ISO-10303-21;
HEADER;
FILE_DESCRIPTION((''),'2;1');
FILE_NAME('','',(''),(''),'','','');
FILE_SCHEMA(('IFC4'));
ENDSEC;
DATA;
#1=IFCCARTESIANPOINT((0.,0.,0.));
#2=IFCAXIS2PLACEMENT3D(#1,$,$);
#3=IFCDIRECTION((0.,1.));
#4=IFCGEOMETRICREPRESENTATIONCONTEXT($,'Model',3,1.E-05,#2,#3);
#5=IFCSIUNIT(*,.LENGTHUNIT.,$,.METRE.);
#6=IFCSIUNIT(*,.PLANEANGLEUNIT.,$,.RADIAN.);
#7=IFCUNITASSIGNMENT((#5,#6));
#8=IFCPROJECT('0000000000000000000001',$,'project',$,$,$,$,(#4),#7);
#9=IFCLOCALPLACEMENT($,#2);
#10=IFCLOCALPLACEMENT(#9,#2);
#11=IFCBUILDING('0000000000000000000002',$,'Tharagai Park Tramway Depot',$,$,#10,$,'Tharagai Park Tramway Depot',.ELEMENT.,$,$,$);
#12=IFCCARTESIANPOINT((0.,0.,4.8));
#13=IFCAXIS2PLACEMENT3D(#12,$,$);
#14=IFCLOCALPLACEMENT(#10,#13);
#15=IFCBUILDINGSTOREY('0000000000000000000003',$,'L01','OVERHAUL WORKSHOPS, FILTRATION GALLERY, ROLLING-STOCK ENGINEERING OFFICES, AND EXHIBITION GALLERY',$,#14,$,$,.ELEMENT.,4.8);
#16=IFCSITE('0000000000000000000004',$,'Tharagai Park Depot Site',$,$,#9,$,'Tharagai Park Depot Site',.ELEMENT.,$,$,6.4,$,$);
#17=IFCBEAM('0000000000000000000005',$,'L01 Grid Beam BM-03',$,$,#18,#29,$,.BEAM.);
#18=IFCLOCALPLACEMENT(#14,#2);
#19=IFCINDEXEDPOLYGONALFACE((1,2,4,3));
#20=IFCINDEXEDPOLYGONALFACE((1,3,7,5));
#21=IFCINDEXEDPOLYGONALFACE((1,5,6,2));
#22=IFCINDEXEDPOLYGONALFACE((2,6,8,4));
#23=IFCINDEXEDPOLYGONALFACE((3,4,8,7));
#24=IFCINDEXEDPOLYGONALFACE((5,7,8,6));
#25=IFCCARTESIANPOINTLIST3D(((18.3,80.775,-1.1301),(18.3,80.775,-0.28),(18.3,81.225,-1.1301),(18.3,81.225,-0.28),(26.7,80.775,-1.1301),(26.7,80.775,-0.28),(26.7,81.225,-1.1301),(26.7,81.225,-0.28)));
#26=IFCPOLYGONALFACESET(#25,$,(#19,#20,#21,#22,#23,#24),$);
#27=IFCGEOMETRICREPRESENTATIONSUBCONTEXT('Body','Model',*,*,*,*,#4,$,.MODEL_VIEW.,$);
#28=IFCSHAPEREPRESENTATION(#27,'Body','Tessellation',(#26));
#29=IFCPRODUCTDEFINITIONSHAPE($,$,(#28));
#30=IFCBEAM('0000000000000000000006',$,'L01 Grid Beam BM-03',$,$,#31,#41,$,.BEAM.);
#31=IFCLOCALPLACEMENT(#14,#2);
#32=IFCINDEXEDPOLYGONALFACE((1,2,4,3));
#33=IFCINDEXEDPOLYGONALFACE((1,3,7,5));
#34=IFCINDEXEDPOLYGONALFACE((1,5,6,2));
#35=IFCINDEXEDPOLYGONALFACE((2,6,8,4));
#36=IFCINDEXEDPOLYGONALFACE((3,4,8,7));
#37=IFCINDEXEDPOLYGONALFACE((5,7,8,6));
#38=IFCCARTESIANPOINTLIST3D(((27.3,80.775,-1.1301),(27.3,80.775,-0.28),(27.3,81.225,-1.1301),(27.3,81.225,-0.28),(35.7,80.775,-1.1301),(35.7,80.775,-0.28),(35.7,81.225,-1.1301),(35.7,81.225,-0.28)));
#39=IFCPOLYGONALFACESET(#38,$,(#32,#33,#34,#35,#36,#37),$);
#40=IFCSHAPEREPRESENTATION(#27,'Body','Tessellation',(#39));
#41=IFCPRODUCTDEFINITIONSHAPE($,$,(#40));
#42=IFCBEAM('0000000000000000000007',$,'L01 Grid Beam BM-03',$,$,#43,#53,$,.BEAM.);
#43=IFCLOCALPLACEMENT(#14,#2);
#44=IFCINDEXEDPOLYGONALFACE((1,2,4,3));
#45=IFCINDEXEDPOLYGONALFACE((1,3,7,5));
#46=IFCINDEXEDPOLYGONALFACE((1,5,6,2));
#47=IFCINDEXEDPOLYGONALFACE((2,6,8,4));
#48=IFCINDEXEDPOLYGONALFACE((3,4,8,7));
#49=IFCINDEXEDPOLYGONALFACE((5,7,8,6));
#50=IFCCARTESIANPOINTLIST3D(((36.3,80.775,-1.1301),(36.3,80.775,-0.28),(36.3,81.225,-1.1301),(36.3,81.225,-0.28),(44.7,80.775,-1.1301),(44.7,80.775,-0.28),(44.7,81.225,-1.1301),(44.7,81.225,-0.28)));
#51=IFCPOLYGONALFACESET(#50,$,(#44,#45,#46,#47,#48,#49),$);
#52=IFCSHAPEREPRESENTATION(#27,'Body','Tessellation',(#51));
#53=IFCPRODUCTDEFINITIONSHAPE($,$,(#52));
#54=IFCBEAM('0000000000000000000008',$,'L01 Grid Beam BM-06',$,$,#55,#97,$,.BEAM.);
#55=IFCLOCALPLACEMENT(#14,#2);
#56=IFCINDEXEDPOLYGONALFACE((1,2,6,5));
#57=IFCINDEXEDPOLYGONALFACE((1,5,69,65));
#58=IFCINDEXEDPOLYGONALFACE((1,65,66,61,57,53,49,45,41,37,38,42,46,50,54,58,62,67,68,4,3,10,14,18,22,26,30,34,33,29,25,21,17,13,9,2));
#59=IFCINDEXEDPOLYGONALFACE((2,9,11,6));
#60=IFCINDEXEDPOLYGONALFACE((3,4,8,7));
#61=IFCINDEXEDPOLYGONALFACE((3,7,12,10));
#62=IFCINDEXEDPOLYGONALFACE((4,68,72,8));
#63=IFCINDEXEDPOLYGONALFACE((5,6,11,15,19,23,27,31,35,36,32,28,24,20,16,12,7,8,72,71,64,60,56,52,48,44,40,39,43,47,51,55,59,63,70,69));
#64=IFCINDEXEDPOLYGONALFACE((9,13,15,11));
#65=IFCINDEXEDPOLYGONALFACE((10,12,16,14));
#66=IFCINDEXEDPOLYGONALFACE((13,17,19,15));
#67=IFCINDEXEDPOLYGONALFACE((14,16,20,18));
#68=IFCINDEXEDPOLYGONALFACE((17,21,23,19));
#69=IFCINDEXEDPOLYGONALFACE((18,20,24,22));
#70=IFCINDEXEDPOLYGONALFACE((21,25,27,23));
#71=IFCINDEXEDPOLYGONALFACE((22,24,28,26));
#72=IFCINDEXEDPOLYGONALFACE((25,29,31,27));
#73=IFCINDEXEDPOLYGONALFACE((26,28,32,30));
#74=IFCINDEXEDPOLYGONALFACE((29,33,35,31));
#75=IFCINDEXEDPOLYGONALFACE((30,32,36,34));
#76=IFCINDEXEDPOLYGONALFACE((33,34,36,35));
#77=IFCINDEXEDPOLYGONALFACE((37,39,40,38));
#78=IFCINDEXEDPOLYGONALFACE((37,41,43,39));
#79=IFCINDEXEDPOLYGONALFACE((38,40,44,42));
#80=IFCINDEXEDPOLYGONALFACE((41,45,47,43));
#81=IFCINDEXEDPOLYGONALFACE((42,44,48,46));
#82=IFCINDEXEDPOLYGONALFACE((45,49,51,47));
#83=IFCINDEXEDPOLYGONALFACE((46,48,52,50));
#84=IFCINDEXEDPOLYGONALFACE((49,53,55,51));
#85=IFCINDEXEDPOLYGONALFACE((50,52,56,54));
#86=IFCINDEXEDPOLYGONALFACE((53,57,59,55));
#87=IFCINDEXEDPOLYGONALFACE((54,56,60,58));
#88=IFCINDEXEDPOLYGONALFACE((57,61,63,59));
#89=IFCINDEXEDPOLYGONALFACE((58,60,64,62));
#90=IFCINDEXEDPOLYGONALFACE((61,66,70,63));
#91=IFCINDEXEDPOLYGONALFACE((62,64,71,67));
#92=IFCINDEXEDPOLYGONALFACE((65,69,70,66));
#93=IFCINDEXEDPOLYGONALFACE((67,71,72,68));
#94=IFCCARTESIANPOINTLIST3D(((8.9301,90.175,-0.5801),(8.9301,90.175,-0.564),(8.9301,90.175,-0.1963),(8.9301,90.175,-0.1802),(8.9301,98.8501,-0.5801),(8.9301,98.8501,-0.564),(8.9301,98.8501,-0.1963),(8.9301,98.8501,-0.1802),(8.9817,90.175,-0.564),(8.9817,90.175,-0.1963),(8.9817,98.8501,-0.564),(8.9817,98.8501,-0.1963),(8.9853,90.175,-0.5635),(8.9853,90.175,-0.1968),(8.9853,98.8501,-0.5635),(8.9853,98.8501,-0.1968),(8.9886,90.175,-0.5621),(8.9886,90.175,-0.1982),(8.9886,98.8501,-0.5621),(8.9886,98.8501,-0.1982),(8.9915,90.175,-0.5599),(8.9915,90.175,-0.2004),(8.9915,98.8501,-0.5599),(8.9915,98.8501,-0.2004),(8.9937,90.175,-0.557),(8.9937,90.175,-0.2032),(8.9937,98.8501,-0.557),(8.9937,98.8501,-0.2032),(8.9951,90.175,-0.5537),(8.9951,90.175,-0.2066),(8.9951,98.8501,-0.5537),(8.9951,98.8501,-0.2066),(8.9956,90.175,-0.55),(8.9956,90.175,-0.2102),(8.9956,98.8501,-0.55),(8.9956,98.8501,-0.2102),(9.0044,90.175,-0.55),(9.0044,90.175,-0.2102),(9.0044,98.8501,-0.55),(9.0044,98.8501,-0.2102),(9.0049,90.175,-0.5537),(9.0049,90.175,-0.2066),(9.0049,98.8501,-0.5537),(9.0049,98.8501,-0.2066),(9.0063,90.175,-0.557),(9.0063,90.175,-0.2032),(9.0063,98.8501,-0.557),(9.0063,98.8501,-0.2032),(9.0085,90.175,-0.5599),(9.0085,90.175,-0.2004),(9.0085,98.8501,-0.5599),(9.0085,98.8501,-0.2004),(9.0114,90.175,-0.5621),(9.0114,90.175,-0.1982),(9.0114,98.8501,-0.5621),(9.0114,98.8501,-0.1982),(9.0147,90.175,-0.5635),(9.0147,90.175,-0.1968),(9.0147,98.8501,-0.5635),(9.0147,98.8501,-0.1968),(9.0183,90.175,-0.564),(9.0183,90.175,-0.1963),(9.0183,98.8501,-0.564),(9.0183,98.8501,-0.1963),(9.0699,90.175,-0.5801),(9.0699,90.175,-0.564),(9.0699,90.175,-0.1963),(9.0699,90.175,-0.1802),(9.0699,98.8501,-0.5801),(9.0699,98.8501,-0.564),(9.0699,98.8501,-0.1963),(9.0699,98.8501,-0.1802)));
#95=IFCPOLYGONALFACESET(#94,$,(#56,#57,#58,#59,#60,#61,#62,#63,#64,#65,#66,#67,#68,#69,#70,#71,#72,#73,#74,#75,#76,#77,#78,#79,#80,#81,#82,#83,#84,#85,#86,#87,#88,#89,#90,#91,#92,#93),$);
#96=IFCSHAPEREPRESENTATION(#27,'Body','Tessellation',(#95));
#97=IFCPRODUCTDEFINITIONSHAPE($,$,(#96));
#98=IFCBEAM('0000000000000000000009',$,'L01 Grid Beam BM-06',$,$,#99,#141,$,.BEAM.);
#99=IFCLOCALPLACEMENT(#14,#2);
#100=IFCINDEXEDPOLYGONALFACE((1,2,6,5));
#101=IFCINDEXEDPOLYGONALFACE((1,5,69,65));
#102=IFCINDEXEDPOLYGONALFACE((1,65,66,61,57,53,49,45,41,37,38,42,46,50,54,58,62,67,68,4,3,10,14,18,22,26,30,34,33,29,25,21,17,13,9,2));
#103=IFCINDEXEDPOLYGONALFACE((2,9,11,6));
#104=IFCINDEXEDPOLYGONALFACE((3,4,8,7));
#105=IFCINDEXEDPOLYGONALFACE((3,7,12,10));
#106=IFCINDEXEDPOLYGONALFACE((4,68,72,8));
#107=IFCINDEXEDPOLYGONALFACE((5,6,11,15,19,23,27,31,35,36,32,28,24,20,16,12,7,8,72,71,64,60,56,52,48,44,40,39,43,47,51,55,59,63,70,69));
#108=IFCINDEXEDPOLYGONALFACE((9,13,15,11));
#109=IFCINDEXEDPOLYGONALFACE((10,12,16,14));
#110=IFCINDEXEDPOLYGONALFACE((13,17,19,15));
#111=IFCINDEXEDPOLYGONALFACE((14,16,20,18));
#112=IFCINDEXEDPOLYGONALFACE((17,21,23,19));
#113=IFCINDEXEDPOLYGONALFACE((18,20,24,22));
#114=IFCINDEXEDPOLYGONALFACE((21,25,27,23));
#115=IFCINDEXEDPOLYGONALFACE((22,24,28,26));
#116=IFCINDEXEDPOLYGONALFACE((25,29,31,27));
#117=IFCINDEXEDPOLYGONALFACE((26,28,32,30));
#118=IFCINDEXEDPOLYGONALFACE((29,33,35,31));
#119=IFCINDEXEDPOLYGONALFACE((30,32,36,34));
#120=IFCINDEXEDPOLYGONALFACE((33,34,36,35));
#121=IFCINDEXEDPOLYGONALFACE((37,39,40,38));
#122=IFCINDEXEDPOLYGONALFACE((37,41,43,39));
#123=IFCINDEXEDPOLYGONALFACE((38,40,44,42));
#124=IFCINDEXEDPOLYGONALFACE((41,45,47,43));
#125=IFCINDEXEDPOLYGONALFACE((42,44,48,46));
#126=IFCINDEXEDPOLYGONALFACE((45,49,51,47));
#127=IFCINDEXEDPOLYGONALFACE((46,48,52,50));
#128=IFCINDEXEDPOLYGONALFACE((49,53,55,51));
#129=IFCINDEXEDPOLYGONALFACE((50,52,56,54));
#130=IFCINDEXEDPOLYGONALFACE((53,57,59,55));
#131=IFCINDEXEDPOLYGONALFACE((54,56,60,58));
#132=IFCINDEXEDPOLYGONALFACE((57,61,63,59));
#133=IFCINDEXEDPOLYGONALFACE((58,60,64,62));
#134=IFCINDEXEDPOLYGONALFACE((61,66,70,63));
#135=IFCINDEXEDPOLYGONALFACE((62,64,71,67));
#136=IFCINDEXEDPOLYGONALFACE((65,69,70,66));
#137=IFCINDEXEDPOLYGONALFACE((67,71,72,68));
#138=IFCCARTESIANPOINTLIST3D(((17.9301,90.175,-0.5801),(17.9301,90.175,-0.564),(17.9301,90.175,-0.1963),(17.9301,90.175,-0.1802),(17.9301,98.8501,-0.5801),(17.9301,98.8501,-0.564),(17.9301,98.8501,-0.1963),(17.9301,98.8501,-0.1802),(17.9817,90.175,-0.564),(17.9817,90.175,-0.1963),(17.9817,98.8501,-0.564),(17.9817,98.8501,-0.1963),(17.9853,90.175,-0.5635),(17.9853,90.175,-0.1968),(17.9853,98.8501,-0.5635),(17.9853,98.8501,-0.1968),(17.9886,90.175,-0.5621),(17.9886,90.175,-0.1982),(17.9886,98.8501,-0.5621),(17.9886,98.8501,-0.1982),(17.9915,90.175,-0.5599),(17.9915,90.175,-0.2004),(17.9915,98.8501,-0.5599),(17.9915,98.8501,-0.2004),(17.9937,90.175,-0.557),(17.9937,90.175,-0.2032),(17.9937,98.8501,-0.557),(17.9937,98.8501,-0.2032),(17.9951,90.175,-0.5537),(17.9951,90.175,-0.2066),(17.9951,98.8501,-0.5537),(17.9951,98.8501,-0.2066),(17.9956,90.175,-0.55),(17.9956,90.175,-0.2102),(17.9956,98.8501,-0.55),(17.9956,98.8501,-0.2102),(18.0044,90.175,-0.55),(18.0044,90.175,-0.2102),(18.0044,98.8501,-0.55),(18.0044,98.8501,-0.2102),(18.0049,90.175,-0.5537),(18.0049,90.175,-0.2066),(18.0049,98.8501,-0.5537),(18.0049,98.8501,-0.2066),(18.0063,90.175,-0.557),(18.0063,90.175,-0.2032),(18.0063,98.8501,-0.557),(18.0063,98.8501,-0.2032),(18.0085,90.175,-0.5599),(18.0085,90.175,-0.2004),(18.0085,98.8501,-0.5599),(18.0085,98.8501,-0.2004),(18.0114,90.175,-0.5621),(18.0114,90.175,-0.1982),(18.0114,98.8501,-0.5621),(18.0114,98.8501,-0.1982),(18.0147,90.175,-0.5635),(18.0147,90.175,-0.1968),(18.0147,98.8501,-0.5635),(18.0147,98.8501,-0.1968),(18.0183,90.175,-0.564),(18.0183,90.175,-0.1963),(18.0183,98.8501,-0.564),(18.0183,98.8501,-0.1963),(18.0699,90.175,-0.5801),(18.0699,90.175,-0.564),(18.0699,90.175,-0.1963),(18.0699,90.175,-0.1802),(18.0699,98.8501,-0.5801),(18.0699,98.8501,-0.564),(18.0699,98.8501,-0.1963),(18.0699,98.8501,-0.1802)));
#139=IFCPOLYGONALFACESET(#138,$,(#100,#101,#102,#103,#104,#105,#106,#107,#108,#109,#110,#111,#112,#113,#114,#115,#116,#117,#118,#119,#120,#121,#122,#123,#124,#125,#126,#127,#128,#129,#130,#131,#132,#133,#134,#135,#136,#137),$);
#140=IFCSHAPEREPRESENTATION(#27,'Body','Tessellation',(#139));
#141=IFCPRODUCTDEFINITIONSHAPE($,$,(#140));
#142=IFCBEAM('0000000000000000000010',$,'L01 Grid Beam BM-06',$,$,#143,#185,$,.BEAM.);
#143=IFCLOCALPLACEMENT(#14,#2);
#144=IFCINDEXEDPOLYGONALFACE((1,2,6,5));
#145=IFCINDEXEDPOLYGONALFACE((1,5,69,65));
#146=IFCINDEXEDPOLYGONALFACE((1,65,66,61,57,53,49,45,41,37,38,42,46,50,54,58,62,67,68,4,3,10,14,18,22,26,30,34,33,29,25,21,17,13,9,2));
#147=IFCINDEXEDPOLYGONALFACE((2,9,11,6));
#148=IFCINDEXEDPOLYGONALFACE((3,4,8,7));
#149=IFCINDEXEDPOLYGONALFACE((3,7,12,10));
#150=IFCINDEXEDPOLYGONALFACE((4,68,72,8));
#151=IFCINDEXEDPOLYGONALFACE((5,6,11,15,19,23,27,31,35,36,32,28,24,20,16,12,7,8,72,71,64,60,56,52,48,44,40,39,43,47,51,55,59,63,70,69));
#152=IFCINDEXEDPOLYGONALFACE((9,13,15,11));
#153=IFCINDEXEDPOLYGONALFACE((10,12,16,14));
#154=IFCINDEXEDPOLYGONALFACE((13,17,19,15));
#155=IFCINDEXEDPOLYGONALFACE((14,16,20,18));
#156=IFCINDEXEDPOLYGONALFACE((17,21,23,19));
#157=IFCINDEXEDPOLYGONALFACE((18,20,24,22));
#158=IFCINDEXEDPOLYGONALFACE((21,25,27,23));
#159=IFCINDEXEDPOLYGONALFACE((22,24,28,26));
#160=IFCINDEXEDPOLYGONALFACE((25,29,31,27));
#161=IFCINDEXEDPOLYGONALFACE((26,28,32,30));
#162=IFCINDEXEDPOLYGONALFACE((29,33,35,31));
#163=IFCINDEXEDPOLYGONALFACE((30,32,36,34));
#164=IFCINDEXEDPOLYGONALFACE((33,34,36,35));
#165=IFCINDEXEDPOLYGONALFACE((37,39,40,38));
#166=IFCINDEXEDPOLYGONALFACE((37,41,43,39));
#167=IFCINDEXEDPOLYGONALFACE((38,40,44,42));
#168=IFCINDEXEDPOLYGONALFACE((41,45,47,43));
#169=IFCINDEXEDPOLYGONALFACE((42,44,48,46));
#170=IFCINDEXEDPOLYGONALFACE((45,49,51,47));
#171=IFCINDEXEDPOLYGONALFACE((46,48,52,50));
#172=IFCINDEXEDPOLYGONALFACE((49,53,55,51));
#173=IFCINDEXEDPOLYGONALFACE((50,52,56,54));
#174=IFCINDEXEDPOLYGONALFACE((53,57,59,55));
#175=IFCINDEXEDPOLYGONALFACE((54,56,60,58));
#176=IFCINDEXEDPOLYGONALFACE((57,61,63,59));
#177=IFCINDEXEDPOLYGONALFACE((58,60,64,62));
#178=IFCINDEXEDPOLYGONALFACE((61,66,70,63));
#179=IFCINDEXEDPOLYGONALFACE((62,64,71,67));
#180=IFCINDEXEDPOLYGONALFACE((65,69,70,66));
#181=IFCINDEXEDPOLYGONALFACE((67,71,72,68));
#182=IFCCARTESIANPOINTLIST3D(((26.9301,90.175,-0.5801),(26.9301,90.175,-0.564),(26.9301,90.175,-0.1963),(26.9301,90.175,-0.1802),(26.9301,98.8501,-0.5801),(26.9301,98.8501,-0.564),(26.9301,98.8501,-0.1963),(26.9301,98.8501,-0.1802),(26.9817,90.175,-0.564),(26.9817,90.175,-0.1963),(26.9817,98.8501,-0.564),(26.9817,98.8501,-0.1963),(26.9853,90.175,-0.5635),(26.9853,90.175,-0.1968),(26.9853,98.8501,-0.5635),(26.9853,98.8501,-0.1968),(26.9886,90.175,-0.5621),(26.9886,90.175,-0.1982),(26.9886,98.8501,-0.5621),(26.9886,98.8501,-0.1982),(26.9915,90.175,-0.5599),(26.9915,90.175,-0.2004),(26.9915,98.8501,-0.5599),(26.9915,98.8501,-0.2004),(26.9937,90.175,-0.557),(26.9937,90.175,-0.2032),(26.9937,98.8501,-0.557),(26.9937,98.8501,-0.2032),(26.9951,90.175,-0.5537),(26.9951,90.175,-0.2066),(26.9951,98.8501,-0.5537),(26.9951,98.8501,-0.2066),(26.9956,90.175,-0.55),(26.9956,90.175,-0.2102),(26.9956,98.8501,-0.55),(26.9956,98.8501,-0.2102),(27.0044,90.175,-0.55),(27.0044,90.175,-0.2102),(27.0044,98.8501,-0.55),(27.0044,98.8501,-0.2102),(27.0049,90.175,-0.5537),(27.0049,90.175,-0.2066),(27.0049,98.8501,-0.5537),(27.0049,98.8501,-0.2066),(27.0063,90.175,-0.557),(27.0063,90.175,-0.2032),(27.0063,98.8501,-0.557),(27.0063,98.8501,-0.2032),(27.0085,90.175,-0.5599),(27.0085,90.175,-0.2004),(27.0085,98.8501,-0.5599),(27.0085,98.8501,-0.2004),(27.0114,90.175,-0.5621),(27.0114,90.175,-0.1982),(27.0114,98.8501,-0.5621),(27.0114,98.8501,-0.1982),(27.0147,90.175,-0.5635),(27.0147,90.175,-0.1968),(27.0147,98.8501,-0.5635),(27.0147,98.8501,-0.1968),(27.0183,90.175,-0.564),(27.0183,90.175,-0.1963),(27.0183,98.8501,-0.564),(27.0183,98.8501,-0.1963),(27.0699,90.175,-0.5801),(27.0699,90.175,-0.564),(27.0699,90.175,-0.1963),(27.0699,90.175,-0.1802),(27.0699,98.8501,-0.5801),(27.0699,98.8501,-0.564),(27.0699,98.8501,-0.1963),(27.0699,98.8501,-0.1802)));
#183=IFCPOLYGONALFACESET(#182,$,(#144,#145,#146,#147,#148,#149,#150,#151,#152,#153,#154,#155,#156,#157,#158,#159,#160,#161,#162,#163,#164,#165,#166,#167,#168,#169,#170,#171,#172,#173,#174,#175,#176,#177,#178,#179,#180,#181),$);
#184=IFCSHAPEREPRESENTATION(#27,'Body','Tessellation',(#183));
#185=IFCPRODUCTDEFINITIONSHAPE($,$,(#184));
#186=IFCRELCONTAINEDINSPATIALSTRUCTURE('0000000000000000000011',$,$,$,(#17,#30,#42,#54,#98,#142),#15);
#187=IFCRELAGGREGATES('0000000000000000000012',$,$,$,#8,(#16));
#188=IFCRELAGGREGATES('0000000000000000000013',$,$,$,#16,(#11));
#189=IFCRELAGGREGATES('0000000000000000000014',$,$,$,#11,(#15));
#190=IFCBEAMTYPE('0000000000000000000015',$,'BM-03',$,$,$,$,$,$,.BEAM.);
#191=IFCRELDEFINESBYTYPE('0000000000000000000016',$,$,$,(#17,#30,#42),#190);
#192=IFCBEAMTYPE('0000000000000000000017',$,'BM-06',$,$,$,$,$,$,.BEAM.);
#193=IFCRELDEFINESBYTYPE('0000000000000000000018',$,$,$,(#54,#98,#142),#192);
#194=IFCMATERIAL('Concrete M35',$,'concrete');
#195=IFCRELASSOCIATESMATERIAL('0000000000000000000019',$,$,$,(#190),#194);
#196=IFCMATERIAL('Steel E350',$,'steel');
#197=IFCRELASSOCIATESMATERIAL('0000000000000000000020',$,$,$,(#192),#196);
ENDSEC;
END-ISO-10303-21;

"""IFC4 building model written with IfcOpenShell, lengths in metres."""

from ifc_helpers import new_model, si_unit, direction, frame, origin, origin_2d, place, context, subcontext, project, spatial, rectangle, i_section, extrude, material, material_profile, profile_set, type_object, element, save


model = new_model("IFC4")

# Units and contexts
model_context = context("Model", 3, precision=1e-05, world=origin(), true_north=direction((0.0, 1.0)))
body_context = subcontext(model_context, "Body", "Model", "MODEL_VIEW")
ifc_project = project(units=[si_unit("LENGTHUNIT", "METRE"), si_unit("PLANEANGLEUNIT", "RADIAN")], contexts=[model_context])

# Site, building, storey
site_placement = place(None, origin())
site = spatial("IfcSite", under=ifc_project, at=site_placement, Name="Tharagai Park Depot Site", LongName="Tharagai Park Depot Site", CompositionType="ELEMENT", RefElevation=6.4)
building_placement = place(site_placement, origin())
building = spatial("IfcBuilding", under=site, at=building_placement, Name="Tharagai Park Tramway Depot", LongName="Tharagai Park Tramway Depot", CompositionType="ELEMENT")
storey_placement = place(building_placement, frame((0.0, 0.0, 4.8)))
storey = spatial("IfcBuildingStorey", under=building, at=storey_placement, Name="L01", Description="OVERHAUL WORKSHOPS, FILTRATION GALLERY, ROLLING-STOCK ENGINEERING OFFICES, AND EXHIBITION GALLERY", CompositionType="ELEMENT", Elevation=4.8)

# Shared definitions
ifc_material_1 = material(Name="Steel E350", Category="steel")

# Beams
ifc_material_2 = material(Name="Concrete M35", Category="concrete")
ifc_material_profile_1 = material_profile(ifc_material_2, rectangle(XDim=0.45, YDim=0.8501, at=origin_2d()), Name="RC 450x850")
ifc_profile_set_1 = profile_set([ifc_material_profile_1], Name="Concrete M35")
beam_type_1 = type_object("IfcBeamType", Name="BM-03", PredefinedType="BEAM", material=ifc_profile_set_1)
for number, where, z_axis, x_axis, name in (
    (1, (18.3, 81.0, -0.7051), (1.0, 0.0, 0.0), (0.0, 1.0, 0.0), "L01 Grid Beam BM-03"),
    (2, (27.3, 81.0, -0.7051), (1.0, 0.0, 0.0), (0.0, 1.0, 0.0), "L01 Grid Beam BM-03"),
    (3, (36.3, 81.0, -0.7051), (1.0, 0.0, 0.0), (0.0, 1.0, 0.0), "L01 Grid Beam BM-03"),
):
    element("IfcBeam", number, at=place(storey_placement, frame(where, z_axis=z_axis, x_axis=x_axis)), inside=storey, type_object=beam_type_1, Name=name, PredefinedType="BEAM", context=body_context, shape_type="SweptSolid", body=[
        extrude(rectangle(XDim=0.45, YDim=0.8501, at=origin_2d()), origin(), (0.0, 0.0, 1.0), 8.3999),
    ])
ifc_material_profile_2 = material_profile(ifc_material_1, i_section(OverallWidth=0.1399, OverallDepth=0.3999, WebThickness=0.0088, FlangeThickness=0.0161, FilletRadius=0.0139, at=origin_2d()), Name="ISMB 400")
ifc_profile_set_2 = profile_set([ifc_material_profile_2], Name="Steel E350")
beam_type_2 = type_object("IfcBeamType", Name="BM-06", PredefinedType="BEAM", material=ifc_profile_set_2)
for number, where, z_axis, x_axis, name in (
    (4, (9.0, 90.175, -0.3801), (0.0, 1.0, 0.0), (-1.0, 0.0, 0.0), "L01 Grid Beam BM-06"),
    (5, (18.0, 90.175, -0.3801), (0.0, 1.0, 0.0), (-1.0, 0.0, 0.0), "L01 Grid Beam BM-06"),
    (6, (27.0, 90.175, -0.3801), (0.0, 1.0, 0.0), (-1.0, 0.0, 0.0), "L01 Grid Beam BM-06"),
):
    element("IfcBeam", number, at=place(storey_placement, frame(where, z_axis=z_axis, x_axis=x_axis)), inside=storey, type_object=beam_type_2, Name=name, PredefinedType="BEAM", context=body_context, shape_type="SweptSolid", body=[
        extrude(i_section(OverallWidth=0.1399, OverallDepth=0.3999, WebThickness=0.0088, FlangeThickness=0.0161, FilletRadius=0.0139, at=origin_2d()), origin(), (0.0, 0.0, 1.0), 8.675),
    ])

save(model, "model.ifc")
